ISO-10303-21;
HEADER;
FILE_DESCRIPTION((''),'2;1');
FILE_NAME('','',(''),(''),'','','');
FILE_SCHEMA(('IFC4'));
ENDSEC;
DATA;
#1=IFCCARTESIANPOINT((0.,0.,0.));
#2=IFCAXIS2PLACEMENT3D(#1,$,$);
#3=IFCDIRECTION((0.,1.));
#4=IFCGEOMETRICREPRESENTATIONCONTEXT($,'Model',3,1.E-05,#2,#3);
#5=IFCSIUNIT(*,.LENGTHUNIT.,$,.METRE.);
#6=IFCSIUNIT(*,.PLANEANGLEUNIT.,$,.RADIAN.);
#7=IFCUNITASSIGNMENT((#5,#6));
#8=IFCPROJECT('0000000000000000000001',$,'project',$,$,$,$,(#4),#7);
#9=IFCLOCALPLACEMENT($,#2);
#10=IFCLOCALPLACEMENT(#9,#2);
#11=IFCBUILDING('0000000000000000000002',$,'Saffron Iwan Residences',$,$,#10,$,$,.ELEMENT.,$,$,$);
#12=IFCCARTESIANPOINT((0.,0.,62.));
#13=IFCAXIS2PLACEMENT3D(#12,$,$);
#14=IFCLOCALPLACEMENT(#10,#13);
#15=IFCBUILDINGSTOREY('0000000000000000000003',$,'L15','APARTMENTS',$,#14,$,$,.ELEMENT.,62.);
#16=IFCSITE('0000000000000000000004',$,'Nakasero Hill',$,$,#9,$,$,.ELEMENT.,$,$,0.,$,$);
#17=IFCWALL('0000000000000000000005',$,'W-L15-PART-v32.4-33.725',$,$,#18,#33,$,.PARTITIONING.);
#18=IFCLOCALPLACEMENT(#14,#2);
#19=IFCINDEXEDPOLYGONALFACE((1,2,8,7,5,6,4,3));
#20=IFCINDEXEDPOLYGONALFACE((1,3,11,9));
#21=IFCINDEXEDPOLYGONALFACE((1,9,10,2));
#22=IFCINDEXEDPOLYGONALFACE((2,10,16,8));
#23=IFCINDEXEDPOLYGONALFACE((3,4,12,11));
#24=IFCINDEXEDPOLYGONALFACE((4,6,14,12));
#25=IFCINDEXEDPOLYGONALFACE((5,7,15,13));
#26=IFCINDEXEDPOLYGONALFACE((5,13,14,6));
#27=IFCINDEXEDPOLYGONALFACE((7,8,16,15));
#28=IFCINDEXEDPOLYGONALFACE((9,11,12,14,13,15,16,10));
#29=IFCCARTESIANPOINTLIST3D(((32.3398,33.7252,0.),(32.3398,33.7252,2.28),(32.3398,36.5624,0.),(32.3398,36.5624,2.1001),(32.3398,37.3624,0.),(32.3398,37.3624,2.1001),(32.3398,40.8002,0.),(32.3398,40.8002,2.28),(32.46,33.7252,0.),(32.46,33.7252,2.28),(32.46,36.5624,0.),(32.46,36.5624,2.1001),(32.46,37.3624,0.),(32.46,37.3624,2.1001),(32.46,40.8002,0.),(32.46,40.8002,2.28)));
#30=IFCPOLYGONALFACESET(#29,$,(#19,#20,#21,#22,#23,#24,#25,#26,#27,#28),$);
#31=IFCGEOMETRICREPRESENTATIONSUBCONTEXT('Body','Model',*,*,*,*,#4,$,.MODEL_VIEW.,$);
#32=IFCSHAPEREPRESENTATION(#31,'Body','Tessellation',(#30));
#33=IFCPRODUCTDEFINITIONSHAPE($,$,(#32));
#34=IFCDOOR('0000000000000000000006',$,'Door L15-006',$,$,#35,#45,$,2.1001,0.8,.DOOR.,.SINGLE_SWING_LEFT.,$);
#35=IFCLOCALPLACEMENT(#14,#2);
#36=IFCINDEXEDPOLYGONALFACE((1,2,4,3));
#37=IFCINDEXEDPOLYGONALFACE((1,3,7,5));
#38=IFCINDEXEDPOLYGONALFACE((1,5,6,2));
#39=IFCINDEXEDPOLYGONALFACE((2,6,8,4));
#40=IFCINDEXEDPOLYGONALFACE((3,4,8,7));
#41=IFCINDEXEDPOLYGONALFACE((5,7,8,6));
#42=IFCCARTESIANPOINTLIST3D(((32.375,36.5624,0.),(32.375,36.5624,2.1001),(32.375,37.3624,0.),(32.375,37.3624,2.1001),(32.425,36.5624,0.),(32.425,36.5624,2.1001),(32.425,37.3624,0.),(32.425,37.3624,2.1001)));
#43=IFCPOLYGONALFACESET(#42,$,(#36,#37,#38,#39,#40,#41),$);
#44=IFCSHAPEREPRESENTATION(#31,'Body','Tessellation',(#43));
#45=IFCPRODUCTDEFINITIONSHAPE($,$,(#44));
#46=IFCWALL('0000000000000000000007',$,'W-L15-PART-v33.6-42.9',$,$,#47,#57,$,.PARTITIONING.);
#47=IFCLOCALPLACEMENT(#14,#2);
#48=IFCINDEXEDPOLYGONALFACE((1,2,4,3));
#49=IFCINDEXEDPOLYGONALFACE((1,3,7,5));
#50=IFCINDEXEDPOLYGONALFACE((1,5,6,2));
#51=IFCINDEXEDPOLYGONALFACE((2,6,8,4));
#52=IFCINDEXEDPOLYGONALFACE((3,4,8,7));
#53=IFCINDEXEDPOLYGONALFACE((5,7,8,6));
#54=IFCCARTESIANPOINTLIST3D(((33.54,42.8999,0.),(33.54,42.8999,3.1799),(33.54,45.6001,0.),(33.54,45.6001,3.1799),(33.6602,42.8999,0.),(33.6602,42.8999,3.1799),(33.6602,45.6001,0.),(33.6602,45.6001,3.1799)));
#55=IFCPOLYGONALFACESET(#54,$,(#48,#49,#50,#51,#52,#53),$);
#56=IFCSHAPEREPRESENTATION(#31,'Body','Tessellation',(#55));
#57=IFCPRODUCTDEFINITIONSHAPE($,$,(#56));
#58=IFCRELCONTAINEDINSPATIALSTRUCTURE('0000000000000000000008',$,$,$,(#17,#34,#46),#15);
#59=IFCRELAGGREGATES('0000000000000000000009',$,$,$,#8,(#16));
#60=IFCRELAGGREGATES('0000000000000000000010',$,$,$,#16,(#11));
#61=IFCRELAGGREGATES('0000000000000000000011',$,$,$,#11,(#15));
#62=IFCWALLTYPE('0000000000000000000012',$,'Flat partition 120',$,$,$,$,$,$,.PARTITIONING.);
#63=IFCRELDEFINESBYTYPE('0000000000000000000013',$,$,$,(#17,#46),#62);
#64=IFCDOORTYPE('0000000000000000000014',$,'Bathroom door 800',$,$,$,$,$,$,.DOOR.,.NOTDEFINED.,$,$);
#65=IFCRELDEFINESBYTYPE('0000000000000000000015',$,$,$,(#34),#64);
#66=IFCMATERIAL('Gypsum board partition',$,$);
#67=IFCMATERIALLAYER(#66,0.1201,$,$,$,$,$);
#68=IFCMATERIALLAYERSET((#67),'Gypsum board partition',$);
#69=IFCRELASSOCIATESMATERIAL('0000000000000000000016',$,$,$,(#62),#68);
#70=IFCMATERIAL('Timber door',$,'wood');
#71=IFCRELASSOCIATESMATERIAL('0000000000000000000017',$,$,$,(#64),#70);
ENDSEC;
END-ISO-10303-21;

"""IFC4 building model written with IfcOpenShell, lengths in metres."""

from ifc_helpers import new_model, si_unit, direction, frame, frame_2d, origin, place, context, subcontext, project, spatial, rectangle, extrude, material, layer, layer_set, type_object, element, fill, save


model = new_model("IFC4")

# Units and contexts
model_context = context("Model", 3, precision=1e-05, world=origin(), true_north=direction((0.0, 1.0)))
body_context = subcontext(model_context, "Body", "Model", "MODEL_VIEW")
ifc_project = project(units=[si_unit("LENGTHUNIT", "METRE"), si_unit("PLANEANGLEUNIT", "RADIAN")], contexts=[model_context])

# Site, building, storey
site_placement = place(None, origin())
site = spatial("IfcSite", under=ifc_project, at=site_placement, Name="Nakasero Hill", CompositionType="ELEMENT", RefElevation=0.0)
building_placement = place(site_placement, origin())
building = spatial("IfcBuilding", under=site, at=building_placement, Name="Saffron Iwan Residences", CompositionType="ELEMENT")
storey_placement = place(building_placement, frame((0.0, 0.0, 62.0)))
storey = spatial("IfcBuildingStorey", under=building, at=storey_placement, Name="L15", Description="APARTMENTS", CompositionType="ELEMENT", Elevation=62.0)

# Shared definitions
ifc_material_1 = material(Name="Gypsum board partition")
ifc_layer_1 = layer(ifc_material_1, 0.1201)
ifc_layer_set_1 = layer_set([ifc_layer_1], Name="Gypsum board partition")
wall_type_1 = type_object("IfcWallType", Name="Flat partition 120", PredefinedType="PARTITIONING", material=ifc_layer_set_1)

# Wall, opening, door
wall_1_placement = place(storey_placement, frame((32.3999, 33.7251, 0.0), z_axis=(0.0, 0.0, 1.0), x_axis=(0.0, 1.0, 0.0)))
wall_1 = element("IfcWall", 1, at=wall_1_placement, inside=storey, type_object=wall_type_1, Name="W-L15-PART-v32.4-33.725", PredefinedType="PARTITIONING", context=body_context, shape_type="SweptSolid", body=[
    extrude(rectangle(XDim=7.075, YDim=0.1201, at=frame_2d((3.5376, 0.0))), origin(), (0.0, 0.0, 1.0), 2.28),
])
opening_1_placement = place(wall_1_placement, frame((2.8374, 0.0, 0.0)))
opening_1 = element("IfcOpeningElement", 2, at=opening_1_placement, cuts=wall_1, PredefinedType="OPENING", context=body_context, shape_type="SweptSolid", body=[
    extrude(rectangle(XDim=0.8, YDim=2.1001, at=frame_2d((0.3999, 1.05))), frame((0.0, 0.0701, 0.0), z_axis=(0.0, -1.0, 0.0), x_axis=(1.0, 0.0, 0.0)), (0.0, 0.0, 1.0), 0.1401),
])
ifc_material_2 = material(Name="Timber door", Category="wood")
door_type = type_object("IfcDoorType", Name="Bathroom door 800", OperationType="NOTDEFINED", PredefinedType="DOOR", material=ifc_material_2)
door_placement = place(opening_1_placement, origin())
door = element("IfcDoor", 3, at=door_placement, inside=storey, type_object=door_type, Name="Door L15-006", OperationType="SINGLE_SWING_LEFT", OverallHeight=2.1001, OverallWidth=0.8, PredefinedType="DOOR", context=body_context, shape_type="SweptSolid", body=[
    extrude(rectangle(XDim=0.8, YDim=2.1001, at=frame_2d((0.3999, 1.05))), frame((0.0, 0.0249, 0.0), z_axis=(0.0, -1.0, 0.0), x_axis=(1.0, 0.0, 0.0)), (0.0, 0.0, 1.0), 0.05),
])
fill(opening_1, door)

# Wall
wall_2_placement = place(storey_placement, frame((33.6001, 42.8999, 0.0), z_axis=(0.0, 0.0, 1.0), x_axis=(0.0, 1.0, 0.0)))
element("IfcWall", 4, at=wall_2_placement, inside=storey, type_object=wall_type_1, Name="W-L15-PART-v33.6-42.9", PredefinedType="PARTITIONING", context=body_context, shape_type="SweptSolid", body=[
    extrude(rectangle(XDim=2.7002, YDim=0.1201, at=frame_2d((1.3501, 0.0))), origin(), (0.0, 0.0, 1.0), 3.1799),
])

save(model, "model.ifc")
